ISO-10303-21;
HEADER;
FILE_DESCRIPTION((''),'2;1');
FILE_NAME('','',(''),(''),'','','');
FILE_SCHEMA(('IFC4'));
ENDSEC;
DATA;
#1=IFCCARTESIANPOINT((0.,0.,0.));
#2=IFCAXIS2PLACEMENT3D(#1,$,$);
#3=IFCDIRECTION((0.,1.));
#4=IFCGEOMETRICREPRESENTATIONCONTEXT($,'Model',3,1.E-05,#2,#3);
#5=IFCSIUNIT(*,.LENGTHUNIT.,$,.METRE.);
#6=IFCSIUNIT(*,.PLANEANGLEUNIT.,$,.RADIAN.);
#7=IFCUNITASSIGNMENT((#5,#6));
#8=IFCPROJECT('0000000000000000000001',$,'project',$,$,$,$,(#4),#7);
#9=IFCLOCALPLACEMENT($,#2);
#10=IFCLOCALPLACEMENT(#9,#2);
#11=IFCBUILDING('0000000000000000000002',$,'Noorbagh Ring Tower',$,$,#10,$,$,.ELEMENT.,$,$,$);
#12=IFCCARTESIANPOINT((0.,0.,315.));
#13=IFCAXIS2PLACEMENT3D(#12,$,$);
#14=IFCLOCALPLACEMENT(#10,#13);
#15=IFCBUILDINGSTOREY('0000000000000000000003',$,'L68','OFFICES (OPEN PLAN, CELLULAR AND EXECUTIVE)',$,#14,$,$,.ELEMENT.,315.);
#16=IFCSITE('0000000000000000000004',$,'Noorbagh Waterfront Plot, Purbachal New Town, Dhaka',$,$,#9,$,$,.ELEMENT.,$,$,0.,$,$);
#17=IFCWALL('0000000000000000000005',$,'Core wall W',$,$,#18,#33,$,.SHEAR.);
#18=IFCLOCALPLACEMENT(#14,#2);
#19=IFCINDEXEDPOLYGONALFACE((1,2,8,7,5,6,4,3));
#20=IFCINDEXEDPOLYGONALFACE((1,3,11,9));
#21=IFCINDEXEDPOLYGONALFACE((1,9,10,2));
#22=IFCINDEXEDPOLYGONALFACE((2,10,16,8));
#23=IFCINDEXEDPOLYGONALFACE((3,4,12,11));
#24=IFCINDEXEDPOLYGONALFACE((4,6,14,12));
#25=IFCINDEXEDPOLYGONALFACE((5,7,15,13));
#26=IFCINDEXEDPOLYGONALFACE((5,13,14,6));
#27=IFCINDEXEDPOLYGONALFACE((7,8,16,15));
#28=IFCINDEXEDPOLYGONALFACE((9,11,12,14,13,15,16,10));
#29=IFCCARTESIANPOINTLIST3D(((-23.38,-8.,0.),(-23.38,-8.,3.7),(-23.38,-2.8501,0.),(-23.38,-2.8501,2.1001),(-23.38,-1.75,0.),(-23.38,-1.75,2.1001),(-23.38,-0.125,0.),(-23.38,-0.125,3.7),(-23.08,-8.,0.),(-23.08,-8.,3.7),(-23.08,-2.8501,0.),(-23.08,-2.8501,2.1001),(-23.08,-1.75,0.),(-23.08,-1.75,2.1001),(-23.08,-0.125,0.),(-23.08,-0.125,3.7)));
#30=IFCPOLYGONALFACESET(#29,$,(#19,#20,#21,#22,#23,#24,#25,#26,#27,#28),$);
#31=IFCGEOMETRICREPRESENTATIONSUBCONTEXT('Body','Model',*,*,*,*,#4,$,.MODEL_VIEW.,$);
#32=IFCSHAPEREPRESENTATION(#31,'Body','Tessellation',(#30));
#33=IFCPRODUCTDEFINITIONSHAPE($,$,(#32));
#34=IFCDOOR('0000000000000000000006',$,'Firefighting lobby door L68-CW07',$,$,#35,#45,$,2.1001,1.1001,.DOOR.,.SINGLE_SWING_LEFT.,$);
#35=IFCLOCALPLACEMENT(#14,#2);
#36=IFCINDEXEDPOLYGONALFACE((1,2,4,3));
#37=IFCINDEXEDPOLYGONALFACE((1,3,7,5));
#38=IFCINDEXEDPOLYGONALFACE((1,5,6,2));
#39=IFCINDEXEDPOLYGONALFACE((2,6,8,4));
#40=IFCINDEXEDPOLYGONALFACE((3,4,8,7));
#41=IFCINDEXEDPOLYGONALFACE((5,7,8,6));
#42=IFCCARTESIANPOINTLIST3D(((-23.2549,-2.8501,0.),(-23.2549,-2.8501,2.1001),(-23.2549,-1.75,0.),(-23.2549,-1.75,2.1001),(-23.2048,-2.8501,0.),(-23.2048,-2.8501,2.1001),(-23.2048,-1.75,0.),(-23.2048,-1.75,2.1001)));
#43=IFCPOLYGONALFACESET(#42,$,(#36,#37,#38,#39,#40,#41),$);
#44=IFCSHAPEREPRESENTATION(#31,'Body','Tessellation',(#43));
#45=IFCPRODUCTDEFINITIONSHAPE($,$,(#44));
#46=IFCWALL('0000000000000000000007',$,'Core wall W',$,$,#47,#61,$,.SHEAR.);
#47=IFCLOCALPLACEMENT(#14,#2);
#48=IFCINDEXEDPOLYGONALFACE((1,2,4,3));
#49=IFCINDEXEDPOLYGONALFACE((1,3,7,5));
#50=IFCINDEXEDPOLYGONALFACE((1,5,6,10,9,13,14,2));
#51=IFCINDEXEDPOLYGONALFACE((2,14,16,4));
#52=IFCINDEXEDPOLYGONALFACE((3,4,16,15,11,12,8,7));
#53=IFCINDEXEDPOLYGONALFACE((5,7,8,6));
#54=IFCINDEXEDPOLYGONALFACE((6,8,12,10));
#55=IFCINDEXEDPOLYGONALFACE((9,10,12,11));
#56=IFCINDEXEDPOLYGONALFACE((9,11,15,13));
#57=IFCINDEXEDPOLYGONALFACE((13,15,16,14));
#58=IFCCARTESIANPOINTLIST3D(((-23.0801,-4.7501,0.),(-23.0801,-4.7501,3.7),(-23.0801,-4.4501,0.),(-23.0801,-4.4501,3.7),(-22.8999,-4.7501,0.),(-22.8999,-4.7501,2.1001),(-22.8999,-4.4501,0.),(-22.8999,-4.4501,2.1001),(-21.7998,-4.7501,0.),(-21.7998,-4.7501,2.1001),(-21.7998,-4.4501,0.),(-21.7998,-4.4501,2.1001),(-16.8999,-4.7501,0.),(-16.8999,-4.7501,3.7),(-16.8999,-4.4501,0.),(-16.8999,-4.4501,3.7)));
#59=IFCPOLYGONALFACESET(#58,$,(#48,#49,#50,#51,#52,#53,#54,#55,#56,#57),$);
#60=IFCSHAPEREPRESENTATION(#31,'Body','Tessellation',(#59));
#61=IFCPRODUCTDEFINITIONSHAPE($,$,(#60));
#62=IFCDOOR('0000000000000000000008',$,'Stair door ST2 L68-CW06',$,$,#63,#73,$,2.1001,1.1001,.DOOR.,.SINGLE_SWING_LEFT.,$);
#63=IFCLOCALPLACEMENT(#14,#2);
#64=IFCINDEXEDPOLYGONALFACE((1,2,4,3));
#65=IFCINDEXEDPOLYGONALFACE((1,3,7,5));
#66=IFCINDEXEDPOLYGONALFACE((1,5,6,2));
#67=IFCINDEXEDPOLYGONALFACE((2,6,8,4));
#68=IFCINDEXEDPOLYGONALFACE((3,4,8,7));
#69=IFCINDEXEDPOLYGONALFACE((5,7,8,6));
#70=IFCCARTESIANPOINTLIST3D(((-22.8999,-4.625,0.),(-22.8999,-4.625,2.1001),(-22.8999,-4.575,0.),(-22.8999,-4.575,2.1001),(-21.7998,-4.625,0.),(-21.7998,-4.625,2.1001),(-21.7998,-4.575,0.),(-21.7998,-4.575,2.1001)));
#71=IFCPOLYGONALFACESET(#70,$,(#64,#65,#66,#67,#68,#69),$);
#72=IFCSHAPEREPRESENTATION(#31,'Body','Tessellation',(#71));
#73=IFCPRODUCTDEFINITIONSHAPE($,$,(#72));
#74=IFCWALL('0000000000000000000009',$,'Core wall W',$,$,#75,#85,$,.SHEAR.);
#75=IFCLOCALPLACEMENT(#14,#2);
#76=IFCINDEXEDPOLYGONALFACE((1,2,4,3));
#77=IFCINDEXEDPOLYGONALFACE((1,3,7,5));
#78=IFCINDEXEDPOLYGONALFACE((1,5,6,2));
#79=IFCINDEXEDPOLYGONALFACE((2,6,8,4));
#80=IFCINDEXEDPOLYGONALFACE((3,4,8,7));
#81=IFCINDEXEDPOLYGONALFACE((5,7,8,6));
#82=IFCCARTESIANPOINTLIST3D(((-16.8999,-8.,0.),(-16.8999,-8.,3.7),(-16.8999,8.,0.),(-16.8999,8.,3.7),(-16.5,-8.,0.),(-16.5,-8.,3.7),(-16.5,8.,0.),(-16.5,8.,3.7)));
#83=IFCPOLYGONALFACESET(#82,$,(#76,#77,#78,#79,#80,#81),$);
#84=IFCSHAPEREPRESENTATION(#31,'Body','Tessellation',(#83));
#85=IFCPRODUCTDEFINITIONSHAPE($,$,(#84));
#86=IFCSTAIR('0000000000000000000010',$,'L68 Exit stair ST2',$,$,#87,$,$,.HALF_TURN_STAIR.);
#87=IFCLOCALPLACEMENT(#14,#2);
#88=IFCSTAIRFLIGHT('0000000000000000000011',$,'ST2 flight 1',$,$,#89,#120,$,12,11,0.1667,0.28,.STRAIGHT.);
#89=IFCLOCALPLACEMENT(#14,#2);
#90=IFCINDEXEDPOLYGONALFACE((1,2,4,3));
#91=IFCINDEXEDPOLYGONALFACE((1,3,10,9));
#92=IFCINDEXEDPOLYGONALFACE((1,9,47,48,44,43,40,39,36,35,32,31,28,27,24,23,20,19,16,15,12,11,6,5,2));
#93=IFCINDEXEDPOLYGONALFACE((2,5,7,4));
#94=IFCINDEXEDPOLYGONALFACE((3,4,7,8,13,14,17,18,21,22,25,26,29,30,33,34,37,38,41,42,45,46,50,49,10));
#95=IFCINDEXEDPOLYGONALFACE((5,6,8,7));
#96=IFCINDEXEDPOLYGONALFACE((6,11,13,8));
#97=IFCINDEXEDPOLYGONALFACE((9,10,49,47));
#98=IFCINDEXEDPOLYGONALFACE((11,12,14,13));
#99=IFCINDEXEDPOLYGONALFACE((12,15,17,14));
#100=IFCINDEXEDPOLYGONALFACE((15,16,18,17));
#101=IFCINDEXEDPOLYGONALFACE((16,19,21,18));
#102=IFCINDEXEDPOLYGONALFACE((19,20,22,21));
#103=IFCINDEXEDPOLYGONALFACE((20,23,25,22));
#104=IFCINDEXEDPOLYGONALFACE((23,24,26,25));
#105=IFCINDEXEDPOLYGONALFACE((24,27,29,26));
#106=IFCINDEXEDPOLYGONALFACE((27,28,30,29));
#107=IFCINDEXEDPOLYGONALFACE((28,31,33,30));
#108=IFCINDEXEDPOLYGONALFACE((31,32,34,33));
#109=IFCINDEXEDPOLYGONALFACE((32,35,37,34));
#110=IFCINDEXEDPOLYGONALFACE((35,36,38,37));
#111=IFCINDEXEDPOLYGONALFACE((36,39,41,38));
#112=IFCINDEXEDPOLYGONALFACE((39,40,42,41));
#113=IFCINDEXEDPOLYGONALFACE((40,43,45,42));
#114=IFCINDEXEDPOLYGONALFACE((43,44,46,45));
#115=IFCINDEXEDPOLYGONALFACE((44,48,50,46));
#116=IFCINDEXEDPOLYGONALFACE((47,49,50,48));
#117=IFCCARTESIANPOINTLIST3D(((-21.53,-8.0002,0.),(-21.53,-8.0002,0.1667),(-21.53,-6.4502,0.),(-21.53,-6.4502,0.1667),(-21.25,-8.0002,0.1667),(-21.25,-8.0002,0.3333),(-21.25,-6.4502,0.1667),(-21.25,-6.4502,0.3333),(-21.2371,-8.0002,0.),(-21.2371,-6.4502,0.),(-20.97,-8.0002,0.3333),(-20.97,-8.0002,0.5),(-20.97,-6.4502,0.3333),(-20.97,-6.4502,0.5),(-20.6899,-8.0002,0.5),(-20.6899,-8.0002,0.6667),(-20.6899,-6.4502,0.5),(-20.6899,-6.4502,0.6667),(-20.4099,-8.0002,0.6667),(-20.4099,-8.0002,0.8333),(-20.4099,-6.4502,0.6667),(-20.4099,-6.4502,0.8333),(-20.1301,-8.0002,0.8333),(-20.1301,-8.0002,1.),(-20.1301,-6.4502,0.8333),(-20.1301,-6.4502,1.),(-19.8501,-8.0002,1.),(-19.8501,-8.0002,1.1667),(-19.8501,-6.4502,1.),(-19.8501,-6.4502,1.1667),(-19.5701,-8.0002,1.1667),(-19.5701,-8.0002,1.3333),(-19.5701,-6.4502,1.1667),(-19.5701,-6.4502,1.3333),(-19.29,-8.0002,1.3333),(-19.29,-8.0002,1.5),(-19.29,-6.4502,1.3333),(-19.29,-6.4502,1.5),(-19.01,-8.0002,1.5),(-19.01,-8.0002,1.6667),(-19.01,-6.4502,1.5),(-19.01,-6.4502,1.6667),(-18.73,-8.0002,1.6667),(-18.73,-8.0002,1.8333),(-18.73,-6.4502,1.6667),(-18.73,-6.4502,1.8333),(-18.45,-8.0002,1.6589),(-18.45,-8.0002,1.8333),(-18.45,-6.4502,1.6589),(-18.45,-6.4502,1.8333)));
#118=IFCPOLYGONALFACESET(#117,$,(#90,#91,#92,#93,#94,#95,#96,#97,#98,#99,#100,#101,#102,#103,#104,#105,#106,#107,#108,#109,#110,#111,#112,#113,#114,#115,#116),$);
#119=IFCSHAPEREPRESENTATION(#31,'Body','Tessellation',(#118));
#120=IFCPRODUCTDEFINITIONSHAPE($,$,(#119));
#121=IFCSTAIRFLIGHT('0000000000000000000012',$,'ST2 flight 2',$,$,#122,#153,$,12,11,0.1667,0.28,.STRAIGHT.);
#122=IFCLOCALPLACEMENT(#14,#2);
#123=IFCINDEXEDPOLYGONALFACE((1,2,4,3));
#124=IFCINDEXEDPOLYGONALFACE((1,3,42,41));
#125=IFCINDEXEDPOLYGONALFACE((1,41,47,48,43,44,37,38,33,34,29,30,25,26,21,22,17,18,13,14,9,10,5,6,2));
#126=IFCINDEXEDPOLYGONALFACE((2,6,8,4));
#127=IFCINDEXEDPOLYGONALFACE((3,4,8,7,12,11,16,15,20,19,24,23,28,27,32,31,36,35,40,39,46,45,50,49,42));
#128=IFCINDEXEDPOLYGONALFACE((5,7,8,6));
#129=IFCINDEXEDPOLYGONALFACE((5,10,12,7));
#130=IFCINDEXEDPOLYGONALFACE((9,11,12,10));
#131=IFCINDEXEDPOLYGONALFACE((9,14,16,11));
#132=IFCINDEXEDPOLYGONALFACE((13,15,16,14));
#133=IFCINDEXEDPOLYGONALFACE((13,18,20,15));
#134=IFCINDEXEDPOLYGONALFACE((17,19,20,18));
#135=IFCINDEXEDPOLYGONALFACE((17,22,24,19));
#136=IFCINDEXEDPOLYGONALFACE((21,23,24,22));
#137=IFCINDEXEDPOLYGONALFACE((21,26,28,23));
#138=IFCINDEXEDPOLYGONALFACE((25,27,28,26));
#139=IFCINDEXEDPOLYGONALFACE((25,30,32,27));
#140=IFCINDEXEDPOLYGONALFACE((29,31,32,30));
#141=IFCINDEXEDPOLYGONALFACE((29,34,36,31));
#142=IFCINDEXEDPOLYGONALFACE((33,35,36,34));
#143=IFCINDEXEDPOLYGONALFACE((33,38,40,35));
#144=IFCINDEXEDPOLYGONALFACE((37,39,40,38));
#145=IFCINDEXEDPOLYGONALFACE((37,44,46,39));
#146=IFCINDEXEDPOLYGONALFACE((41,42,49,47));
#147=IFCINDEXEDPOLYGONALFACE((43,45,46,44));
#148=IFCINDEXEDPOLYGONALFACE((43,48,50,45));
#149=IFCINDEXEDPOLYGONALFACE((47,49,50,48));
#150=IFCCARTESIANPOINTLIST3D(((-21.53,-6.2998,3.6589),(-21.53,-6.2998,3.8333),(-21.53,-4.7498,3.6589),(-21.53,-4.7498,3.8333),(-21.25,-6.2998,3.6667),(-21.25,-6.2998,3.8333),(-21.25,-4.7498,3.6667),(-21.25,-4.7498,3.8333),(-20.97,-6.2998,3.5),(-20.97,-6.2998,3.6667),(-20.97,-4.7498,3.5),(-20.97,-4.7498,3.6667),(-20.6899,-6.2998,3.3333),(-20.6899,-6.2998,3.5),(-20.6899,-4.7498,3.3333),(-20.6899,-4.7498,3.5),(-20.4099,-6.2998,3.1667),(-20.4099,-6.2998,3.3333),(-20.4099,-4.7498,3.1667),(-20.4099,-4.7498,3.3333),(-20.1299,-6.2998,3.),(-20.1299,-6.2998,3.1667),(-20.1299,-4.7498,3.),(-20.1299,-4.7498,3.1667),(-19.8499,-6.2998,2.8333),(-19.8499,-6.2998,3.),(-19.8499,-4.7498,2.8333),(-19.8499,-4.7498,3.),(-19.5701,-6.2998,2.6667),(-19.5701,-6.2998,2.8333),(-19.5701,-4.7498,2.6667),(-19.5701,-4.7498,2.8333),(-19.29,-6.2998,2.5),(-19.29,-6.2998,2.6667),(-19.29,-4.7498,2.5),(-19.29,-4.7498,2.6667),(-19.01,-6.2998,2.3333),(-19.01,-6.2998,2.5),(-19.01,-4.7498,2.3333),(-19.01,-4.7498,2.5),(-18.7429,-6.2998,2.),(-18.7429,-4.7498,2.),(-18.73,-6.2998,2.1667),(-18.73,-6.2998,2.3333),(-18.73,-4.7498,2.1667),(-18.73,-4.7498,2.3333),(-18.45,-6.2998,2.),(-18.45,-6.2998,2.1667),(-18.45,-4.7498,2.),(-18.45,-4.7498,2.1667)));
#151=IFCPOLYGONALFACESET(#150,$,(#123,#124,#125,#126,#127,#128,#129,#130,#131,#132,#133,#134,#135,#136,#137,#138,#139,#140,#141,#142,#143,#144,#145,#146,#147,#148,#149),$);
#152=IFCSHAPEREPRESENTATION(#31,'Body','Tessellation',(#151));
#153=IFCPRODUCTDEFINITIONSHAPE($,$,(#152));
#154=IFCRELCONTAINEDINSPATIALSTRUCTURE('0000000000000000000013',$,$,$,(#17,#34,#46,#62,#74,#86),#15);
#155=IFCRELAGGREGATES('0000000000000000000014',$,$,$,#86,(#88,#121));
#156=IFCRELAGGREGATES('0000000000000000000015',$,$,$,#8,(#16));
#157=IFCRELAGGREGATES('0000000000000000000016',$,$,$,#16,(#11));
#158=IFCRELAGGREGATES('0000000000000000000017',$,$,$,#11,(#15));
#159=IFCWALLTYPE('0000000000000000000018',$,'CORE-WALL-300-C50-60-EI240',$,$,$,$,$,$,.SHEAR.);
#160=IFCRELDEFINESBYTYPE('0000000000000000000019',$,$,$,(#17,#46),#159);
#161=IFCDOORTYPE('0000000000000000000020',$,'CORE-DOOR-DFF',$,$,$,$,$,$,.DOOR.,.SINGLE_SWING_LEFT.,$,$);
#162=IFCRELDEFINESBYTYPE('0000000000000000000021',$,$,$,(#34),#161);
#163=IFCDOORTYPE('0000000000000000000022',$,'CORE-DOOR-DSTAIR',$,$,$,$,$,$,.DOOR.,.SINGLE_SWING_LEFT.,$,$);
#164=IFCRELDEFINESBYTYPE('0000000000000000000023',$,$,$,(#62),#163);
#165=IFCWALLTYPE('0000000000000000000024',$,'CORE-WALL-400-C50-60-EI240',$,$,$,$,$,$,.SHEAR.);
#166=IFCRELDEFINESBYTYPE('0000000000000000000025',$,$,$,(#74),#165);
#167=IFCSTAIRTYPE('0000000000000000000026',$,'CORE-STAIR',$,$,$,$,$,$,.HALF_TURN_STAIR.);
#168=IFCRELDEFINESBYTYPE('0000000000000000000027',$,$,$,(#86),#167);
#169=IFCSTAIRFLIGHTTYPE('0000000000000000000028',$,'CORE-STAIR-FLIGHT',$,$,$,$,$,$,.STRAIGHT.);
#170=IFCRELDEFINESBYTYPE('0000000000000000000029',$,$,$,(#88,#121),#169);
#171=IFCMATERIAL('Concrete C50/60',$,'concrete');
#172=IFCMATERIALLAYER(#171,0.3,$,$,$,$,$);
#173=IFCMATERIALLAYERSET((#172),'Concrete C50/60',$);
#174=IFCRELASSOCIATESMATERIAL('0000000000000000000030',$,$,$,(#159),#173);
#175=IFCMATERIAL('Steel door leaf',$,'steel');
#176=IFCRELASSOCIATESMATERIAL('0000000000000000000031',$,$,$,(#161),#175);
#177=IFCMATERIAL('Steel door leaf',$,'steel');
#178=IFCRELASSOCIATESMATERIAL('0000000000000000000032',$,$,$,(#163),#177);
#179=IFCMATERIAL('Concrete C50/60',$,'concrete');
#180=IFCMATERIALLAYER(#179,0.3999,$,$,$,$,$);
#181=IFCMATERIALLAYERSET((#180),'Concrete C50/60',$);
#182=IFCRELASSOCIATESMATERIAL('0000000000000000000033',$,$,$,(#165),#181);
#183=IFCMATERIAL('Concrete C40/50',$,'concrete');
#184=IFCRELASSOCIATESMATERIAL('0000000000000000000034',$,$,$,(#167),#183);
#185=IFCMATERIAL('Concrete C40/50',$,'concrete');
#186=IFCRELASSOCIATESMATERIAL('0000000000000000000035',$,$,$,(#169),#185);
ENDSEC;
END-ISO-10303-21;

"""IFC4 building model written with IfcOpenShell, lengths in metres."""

from ifc_helpers import new_model, si_unit, direction, frame, frame_2d, origin, place, context, subcontext, project, spatial, polyline, rectangle, outline, extrude, material, layer, layer_set, type_object, element, fill, aggregate, save


model = new_model("IFC4")

# Units and contexts
model_context = context("Model", 3, precision=1e-05, world=origin(), true_north=direction((0.0, 1.0)))
body_context = subcontext(model_context, "Body", "Model", "MODEL_VIEW")
ifc_project = project(units=[si_unit("LENGTHUNIT", "METRE"), si_unit("PLANEANGLEUNIT", "RADIAN")], contexts=[model_context])

# Site, building, storey
site_placement = place(None, origin())
site = spatial("IfcSite", under=ifc_project, at=site_placement, Name="Noorbagh Waterfront Plot, Purbachal New Town, Dhaka", CompositionType="ELEMENT", RefElevation=0.0)
building_placement = place(site_placement, origin())
building = spatial("IfcBuilding", under=site, at=building_placement, Name="Noorbagh Ring Tower", CompositionType="ELEMENT")
storey_placement = place(building_placement, frame((0.0, 0.0, 315.0)))
storey = spatial("IfcBuildingStorey", under=building, at=storey_placement, Name="L68", Description="OFFICES (OPEN PLAN, CELLULAR AND EXECUTIVE)", CompositionType="ELEMENT", Elevation=315.0)

# Walls, openings, doors
ifc_material_1 = material(Name="Concrete C50/60", Category="concrete")
ifc_layer_1 = layer(ifc_material_1, 0.3)
ifc_layer_set_1 = layer_set([ifc_layer_1], Name="Concrete C50/60")
wall_type_1 = type_object("IfcWallType", Name="CORE-WALL-300-C50-60-EI240", PredefinedType="SHEAR", material=ifc_layer_set_1)
wall_1_placement = place(storey_placement, frame((-23.23, -8.0, 0.0), z_axis=(0.0, 0.0, 1.0), x_axis=(0.0, 1.0, 0.0)))
wall_1 = element("IfcWall", 1, at=wall_1_placement, inside=storey, type_object=wall_type_1, Name="Core wall W", PredefinedType="SHEAR", context=body_context, shape_type="SweptSolid", body=[
    extrude(rectangle(XDim=7.875, YDim=0.3, at=frame_2d((3.9375, 0.0))), origin(), (0.0, 0.0, 1.0), 3.7),
])
opening_1_placement = place(wall_1_placement, frame((5.1499, 0.0, 0.0)))
opening_1 = element("IfcOpeningElement", 2, at=opening_1_placement, cuts=wall_1, PredefinedType="OPENING", context=body_context, shape_type="SweptSolid", body=[
    extrude(rectangle(XDim=1.1001, YDim=2.1001, at=frame_2d((0.55, 1.05))), frame((0.0, 0.1602, 0.0), z_axis=(0.0, -1.0, 0.0), x_axis=(1.0, 0.0, 0.0)), (0.0, 0.0, 1.0), 0.3201),
])
ifc_material_2 = material(Name="Steel door leaf", Category="steel")
door_type_1 = type_object("IfcDoorType", Name="CORE-DOOR-DFF", OperationType="SINGLE_SWING_LEFT", PredefinedType="DOOR", material=ifc_material_2)
door_1_placement = place(opening_1_placement, origin())
door_1 = element("IfcDoor", 3, at=door_1_placement, inside=storey, type_object=door_type_1, Name="Firefighting lobby door L68-CW07", OperationType="SINGLE_SWING_LEFT", OverallHeight=2.1001, OverallWidth=1.1001, PredefinedType="DOOR", context=body_context, shape_type="SweptSolid", body=[
    extrude(rectangle(XDim=1.1001, YDim=2.1001, at=frame_2d((0.55, 1.05))), frame((0.0, 0.0249, 0.0), z_axis=(0.0, -1.0, 0.0), x_axis=(1.0, 0.0, 0.0)), (0.0, 0.0, 1.0), 0.05),
])
fill(opening_1, door_1)
wall_2_placement = place(storey_placement, frame((-16.8999, -4.6001, 0.0), z_axis=(0.0, 0.0, 1.0), x_axis=(-1.0, 0.0, 0.0)))
wall_2 = element("IfcWall", 4, at=wall_2_placement, inside=storey, type_object=wall_type_1, Name="Core wall W", PredefinedType="SHEAR", context=body_context, shape_type="SweptSolid", body=[
    extrude(rectangle(XDim=6.1802, YDim=0.3, at=frame_2d((3.0901, 0.0))), origin(), (0.0, 0.0, 1.0), 3.7),
])
opening_2_placement = place(wall_2_placement, frame((4.8999, 0.0, 0.0)))
opening_2 = element("IfcOpeningElement", 5, at=opening_2_placement, cuts=wall_2, PredefinedType="OPENING", context=body_context, shape_type="SweptSolid", body=[
    extrude(rectangle(XDim=1.1001, YDim=2.1001, at=frame_2d((0.55, 1.05))), frame((0.0, 0.1602, 0.0), z_axis=(0.0, -1.0, 0.0), x_axis=(1.0, 0.0, 0.0)), (0.0, 0.0, 1.0), 0.3201),
])
ifc_material_3 = material(Name="Steel door leaf", Category="steel")
door_type_2 = type_object("IfcDoorType", Name="CORE-DOOR-DSTAIR", OperationType="SINGLE_SWING_LEFT", PredefinedType="DOOR", material=ifc_material_3)
door_2_placement = place(opening_2_placement, origin())
door_2 = element("IfcDoor", 6, at=door_2_placement, inside=storey, type_object=door_type_2, Name="Stair door ST2 L68-CW06", OperationType="SINGLE_SWING_LEFT", OverallHeight=2.1001, OverallWidth=1.1001, PredefinedType="DOOR", context=body_context, shape_type="SweptSolid", body=[
    extrude(rectangle(XDim=1.1001, YDim=2.1001, at=frame_2d((0.55, 1.05))), frame((0.0, 0.0249, 0.0), z_axis=(0.0, -1.0, 0.0), x_axis=(1.0, 0.0, 0.0)), (0.0, 0.0, 1.0), 0.05),
])
fill(opening_2, door_2)

# Wall
ifc_material_4 = material(Name="Concrete C50/60", Category="concrete")
ifc_layer_2 = layer(ifc_material_4, 0.3999)
ifc_layer_set_2 = layer_set([ifc_layer_2], Name="Concrete C50/60")
wall_type_2 = type_object("IfcWallType", Name="CORE-WALL-400-C50-60-EI240", PredefinedType="SHEAR", material=ifc_layer_set_2)
wall_3_placement = place(storey_placement, frame((-16.7, -8.0, 0.0), z_axis=(0.0, 0.0, 1.0), x_axis=(0.0, 1.0, 0.0)))
element("IfcWall", 7, at=wall_3_placement, inside=storey, type_object=wall_type_2, Name="Core wall W", PredefinedType="SHEAR", context=body_context, shape_type="SweptSolid", body=[
    extrude(rectangle(XDim=16.0, YDim=0.3999, at=frame_2d((8.0, 0.0))), origin(), (0.0, 0.0, 1.0), 3.7),
])

# Stair, stair flights
ifc_material_5 = material(Name="Concrete C40/50", Category="concrete")
stair_type = type_object("IfcStairType", Name="CORE-STAIR", PredefinedType="HALF_TURN_STAIR", material=ifc_material_5)
stair_placement = place(storey_placement, origin())
stair = element("IfcStair", 8, at=stair_placement, inside=storey, type_object=stair_type, Name="L68 Exit stair ST2", PredefinedType="HALF_TURN_STAIR")
ifc_material_6 = material(Name="Concrete C40/50", Category="concrete")
stair_flight_type = type_object("IfcStairFlightType", Name="CORE-STAIR-FLIGHT", PredefinedType="STRAIGHT", material=ifc_material_6)
stair_flight_1_placement = place(storey_placement, frame((-21.53, -7.2251, 0.0), z_axis=(0.0, 0.0, 1.0), x_axis=(1.0, 0.0, 0.0)))
stair_flight_1 = element("IfcStairFlight", 9, at=stair_flight_1_placement, type_object=stair_flight_type, Name="ST2 flight 1", NumberOfRisers=12, NumberOfTreads=11, PredefinedType="STRAIGHT", RiserHeight=0.1667, TreadLength=0.28, context=body_context, shape_type="SweptSolid", body=[
    extrude(outline(polyline([(0.0, 0.0), (0.0, 0.1667), (0.28, 0.1667), (0.28, 0.3333), (0.5601, 0.3333), (0.5601, 0.5), (0.8401, 0.5), (0.8401, 0.6667), (1.1201, 0.6667), (1.1201, 0.8333), (1.3999, 0.8333), (1.3999, 1.0), (1.6799, 1.0), (1.6799, 1.1667), (1.96, 1.1667), (1.96, 1.3333), (2.24, 1.3333), (2.24, 1.5), (2.52, 1.5), (2.52, 1.6667), (2.8, 1.6667), (2.8, 1.8333), (3.0801, 1.8333), (3.0801, 2.0), (3.0801, 1.6589), (0.293, 0.0), (0.0, 0.0)])), frame((0.0, 0.7749, 0.0), z_axis=(0.0, -1.0, 0.0), x_axis=(1.0, 0.0, 0.0)), (0.0, 0.0, 1.0), 1.55),
])
stair_flight_2_placement = place(storey_placement, frame((-18.45, -5.5249, 2.0), z_axis=(0.0, 0.0, 1.0), x_axis=(-1.0, 0.0, 0.0)))
stair_flight_2 = element("IfcStairFlight", 10, at=stair_flight_2_placement, type_object=stair_flight_type, Name="ST2 flight 2", NumberOfRisers=12, NumberOfTreads=11, PredefinedType="STRAIGHT", RiserHeight=0.1667, TreadLength=0.28, context=body_context, shape_type="SweptSolid", body=[
    extrude(outline(polyline([(0.0, 0.0), (0.0, 0.1667), (0.28, 0.1667), (0.28, 0.3333), (0.5601, 0.3333), (0.5601, 0.5), (0.8401, 0.5), (0.8401, 0.6667), (1.1201, 0.6667), (1.1201, 0.8333), (1.3999, 0.8333), (1.3999, 1.0), (1.6799, 1.0), (1.6799, 1.1667), (1.96, 1.1667), (1.96, 1.3333), (2.24, 1.3333), (2.24, 1.5), (2.52, 1.5), (2.52, 1.6667), (2.8, 1.6667), (2.8, 1.8333), (3.0801, 1.8333), (3.0801, 2.0), (3.0801, 1.6589), (0.293, 0.0), (0.0, 0.0)])), frame((0.0, 0.7749, 0.0), z_axis=(0.0, -1.0, 0.0), x_axis=(1.0, 0.0, 0.0)), (0.0, 0.0, 1.0), 1.55),
])
aggregate(stair, [stair_flight_1, stair_flight_2])

save(model, "model.ifc")
